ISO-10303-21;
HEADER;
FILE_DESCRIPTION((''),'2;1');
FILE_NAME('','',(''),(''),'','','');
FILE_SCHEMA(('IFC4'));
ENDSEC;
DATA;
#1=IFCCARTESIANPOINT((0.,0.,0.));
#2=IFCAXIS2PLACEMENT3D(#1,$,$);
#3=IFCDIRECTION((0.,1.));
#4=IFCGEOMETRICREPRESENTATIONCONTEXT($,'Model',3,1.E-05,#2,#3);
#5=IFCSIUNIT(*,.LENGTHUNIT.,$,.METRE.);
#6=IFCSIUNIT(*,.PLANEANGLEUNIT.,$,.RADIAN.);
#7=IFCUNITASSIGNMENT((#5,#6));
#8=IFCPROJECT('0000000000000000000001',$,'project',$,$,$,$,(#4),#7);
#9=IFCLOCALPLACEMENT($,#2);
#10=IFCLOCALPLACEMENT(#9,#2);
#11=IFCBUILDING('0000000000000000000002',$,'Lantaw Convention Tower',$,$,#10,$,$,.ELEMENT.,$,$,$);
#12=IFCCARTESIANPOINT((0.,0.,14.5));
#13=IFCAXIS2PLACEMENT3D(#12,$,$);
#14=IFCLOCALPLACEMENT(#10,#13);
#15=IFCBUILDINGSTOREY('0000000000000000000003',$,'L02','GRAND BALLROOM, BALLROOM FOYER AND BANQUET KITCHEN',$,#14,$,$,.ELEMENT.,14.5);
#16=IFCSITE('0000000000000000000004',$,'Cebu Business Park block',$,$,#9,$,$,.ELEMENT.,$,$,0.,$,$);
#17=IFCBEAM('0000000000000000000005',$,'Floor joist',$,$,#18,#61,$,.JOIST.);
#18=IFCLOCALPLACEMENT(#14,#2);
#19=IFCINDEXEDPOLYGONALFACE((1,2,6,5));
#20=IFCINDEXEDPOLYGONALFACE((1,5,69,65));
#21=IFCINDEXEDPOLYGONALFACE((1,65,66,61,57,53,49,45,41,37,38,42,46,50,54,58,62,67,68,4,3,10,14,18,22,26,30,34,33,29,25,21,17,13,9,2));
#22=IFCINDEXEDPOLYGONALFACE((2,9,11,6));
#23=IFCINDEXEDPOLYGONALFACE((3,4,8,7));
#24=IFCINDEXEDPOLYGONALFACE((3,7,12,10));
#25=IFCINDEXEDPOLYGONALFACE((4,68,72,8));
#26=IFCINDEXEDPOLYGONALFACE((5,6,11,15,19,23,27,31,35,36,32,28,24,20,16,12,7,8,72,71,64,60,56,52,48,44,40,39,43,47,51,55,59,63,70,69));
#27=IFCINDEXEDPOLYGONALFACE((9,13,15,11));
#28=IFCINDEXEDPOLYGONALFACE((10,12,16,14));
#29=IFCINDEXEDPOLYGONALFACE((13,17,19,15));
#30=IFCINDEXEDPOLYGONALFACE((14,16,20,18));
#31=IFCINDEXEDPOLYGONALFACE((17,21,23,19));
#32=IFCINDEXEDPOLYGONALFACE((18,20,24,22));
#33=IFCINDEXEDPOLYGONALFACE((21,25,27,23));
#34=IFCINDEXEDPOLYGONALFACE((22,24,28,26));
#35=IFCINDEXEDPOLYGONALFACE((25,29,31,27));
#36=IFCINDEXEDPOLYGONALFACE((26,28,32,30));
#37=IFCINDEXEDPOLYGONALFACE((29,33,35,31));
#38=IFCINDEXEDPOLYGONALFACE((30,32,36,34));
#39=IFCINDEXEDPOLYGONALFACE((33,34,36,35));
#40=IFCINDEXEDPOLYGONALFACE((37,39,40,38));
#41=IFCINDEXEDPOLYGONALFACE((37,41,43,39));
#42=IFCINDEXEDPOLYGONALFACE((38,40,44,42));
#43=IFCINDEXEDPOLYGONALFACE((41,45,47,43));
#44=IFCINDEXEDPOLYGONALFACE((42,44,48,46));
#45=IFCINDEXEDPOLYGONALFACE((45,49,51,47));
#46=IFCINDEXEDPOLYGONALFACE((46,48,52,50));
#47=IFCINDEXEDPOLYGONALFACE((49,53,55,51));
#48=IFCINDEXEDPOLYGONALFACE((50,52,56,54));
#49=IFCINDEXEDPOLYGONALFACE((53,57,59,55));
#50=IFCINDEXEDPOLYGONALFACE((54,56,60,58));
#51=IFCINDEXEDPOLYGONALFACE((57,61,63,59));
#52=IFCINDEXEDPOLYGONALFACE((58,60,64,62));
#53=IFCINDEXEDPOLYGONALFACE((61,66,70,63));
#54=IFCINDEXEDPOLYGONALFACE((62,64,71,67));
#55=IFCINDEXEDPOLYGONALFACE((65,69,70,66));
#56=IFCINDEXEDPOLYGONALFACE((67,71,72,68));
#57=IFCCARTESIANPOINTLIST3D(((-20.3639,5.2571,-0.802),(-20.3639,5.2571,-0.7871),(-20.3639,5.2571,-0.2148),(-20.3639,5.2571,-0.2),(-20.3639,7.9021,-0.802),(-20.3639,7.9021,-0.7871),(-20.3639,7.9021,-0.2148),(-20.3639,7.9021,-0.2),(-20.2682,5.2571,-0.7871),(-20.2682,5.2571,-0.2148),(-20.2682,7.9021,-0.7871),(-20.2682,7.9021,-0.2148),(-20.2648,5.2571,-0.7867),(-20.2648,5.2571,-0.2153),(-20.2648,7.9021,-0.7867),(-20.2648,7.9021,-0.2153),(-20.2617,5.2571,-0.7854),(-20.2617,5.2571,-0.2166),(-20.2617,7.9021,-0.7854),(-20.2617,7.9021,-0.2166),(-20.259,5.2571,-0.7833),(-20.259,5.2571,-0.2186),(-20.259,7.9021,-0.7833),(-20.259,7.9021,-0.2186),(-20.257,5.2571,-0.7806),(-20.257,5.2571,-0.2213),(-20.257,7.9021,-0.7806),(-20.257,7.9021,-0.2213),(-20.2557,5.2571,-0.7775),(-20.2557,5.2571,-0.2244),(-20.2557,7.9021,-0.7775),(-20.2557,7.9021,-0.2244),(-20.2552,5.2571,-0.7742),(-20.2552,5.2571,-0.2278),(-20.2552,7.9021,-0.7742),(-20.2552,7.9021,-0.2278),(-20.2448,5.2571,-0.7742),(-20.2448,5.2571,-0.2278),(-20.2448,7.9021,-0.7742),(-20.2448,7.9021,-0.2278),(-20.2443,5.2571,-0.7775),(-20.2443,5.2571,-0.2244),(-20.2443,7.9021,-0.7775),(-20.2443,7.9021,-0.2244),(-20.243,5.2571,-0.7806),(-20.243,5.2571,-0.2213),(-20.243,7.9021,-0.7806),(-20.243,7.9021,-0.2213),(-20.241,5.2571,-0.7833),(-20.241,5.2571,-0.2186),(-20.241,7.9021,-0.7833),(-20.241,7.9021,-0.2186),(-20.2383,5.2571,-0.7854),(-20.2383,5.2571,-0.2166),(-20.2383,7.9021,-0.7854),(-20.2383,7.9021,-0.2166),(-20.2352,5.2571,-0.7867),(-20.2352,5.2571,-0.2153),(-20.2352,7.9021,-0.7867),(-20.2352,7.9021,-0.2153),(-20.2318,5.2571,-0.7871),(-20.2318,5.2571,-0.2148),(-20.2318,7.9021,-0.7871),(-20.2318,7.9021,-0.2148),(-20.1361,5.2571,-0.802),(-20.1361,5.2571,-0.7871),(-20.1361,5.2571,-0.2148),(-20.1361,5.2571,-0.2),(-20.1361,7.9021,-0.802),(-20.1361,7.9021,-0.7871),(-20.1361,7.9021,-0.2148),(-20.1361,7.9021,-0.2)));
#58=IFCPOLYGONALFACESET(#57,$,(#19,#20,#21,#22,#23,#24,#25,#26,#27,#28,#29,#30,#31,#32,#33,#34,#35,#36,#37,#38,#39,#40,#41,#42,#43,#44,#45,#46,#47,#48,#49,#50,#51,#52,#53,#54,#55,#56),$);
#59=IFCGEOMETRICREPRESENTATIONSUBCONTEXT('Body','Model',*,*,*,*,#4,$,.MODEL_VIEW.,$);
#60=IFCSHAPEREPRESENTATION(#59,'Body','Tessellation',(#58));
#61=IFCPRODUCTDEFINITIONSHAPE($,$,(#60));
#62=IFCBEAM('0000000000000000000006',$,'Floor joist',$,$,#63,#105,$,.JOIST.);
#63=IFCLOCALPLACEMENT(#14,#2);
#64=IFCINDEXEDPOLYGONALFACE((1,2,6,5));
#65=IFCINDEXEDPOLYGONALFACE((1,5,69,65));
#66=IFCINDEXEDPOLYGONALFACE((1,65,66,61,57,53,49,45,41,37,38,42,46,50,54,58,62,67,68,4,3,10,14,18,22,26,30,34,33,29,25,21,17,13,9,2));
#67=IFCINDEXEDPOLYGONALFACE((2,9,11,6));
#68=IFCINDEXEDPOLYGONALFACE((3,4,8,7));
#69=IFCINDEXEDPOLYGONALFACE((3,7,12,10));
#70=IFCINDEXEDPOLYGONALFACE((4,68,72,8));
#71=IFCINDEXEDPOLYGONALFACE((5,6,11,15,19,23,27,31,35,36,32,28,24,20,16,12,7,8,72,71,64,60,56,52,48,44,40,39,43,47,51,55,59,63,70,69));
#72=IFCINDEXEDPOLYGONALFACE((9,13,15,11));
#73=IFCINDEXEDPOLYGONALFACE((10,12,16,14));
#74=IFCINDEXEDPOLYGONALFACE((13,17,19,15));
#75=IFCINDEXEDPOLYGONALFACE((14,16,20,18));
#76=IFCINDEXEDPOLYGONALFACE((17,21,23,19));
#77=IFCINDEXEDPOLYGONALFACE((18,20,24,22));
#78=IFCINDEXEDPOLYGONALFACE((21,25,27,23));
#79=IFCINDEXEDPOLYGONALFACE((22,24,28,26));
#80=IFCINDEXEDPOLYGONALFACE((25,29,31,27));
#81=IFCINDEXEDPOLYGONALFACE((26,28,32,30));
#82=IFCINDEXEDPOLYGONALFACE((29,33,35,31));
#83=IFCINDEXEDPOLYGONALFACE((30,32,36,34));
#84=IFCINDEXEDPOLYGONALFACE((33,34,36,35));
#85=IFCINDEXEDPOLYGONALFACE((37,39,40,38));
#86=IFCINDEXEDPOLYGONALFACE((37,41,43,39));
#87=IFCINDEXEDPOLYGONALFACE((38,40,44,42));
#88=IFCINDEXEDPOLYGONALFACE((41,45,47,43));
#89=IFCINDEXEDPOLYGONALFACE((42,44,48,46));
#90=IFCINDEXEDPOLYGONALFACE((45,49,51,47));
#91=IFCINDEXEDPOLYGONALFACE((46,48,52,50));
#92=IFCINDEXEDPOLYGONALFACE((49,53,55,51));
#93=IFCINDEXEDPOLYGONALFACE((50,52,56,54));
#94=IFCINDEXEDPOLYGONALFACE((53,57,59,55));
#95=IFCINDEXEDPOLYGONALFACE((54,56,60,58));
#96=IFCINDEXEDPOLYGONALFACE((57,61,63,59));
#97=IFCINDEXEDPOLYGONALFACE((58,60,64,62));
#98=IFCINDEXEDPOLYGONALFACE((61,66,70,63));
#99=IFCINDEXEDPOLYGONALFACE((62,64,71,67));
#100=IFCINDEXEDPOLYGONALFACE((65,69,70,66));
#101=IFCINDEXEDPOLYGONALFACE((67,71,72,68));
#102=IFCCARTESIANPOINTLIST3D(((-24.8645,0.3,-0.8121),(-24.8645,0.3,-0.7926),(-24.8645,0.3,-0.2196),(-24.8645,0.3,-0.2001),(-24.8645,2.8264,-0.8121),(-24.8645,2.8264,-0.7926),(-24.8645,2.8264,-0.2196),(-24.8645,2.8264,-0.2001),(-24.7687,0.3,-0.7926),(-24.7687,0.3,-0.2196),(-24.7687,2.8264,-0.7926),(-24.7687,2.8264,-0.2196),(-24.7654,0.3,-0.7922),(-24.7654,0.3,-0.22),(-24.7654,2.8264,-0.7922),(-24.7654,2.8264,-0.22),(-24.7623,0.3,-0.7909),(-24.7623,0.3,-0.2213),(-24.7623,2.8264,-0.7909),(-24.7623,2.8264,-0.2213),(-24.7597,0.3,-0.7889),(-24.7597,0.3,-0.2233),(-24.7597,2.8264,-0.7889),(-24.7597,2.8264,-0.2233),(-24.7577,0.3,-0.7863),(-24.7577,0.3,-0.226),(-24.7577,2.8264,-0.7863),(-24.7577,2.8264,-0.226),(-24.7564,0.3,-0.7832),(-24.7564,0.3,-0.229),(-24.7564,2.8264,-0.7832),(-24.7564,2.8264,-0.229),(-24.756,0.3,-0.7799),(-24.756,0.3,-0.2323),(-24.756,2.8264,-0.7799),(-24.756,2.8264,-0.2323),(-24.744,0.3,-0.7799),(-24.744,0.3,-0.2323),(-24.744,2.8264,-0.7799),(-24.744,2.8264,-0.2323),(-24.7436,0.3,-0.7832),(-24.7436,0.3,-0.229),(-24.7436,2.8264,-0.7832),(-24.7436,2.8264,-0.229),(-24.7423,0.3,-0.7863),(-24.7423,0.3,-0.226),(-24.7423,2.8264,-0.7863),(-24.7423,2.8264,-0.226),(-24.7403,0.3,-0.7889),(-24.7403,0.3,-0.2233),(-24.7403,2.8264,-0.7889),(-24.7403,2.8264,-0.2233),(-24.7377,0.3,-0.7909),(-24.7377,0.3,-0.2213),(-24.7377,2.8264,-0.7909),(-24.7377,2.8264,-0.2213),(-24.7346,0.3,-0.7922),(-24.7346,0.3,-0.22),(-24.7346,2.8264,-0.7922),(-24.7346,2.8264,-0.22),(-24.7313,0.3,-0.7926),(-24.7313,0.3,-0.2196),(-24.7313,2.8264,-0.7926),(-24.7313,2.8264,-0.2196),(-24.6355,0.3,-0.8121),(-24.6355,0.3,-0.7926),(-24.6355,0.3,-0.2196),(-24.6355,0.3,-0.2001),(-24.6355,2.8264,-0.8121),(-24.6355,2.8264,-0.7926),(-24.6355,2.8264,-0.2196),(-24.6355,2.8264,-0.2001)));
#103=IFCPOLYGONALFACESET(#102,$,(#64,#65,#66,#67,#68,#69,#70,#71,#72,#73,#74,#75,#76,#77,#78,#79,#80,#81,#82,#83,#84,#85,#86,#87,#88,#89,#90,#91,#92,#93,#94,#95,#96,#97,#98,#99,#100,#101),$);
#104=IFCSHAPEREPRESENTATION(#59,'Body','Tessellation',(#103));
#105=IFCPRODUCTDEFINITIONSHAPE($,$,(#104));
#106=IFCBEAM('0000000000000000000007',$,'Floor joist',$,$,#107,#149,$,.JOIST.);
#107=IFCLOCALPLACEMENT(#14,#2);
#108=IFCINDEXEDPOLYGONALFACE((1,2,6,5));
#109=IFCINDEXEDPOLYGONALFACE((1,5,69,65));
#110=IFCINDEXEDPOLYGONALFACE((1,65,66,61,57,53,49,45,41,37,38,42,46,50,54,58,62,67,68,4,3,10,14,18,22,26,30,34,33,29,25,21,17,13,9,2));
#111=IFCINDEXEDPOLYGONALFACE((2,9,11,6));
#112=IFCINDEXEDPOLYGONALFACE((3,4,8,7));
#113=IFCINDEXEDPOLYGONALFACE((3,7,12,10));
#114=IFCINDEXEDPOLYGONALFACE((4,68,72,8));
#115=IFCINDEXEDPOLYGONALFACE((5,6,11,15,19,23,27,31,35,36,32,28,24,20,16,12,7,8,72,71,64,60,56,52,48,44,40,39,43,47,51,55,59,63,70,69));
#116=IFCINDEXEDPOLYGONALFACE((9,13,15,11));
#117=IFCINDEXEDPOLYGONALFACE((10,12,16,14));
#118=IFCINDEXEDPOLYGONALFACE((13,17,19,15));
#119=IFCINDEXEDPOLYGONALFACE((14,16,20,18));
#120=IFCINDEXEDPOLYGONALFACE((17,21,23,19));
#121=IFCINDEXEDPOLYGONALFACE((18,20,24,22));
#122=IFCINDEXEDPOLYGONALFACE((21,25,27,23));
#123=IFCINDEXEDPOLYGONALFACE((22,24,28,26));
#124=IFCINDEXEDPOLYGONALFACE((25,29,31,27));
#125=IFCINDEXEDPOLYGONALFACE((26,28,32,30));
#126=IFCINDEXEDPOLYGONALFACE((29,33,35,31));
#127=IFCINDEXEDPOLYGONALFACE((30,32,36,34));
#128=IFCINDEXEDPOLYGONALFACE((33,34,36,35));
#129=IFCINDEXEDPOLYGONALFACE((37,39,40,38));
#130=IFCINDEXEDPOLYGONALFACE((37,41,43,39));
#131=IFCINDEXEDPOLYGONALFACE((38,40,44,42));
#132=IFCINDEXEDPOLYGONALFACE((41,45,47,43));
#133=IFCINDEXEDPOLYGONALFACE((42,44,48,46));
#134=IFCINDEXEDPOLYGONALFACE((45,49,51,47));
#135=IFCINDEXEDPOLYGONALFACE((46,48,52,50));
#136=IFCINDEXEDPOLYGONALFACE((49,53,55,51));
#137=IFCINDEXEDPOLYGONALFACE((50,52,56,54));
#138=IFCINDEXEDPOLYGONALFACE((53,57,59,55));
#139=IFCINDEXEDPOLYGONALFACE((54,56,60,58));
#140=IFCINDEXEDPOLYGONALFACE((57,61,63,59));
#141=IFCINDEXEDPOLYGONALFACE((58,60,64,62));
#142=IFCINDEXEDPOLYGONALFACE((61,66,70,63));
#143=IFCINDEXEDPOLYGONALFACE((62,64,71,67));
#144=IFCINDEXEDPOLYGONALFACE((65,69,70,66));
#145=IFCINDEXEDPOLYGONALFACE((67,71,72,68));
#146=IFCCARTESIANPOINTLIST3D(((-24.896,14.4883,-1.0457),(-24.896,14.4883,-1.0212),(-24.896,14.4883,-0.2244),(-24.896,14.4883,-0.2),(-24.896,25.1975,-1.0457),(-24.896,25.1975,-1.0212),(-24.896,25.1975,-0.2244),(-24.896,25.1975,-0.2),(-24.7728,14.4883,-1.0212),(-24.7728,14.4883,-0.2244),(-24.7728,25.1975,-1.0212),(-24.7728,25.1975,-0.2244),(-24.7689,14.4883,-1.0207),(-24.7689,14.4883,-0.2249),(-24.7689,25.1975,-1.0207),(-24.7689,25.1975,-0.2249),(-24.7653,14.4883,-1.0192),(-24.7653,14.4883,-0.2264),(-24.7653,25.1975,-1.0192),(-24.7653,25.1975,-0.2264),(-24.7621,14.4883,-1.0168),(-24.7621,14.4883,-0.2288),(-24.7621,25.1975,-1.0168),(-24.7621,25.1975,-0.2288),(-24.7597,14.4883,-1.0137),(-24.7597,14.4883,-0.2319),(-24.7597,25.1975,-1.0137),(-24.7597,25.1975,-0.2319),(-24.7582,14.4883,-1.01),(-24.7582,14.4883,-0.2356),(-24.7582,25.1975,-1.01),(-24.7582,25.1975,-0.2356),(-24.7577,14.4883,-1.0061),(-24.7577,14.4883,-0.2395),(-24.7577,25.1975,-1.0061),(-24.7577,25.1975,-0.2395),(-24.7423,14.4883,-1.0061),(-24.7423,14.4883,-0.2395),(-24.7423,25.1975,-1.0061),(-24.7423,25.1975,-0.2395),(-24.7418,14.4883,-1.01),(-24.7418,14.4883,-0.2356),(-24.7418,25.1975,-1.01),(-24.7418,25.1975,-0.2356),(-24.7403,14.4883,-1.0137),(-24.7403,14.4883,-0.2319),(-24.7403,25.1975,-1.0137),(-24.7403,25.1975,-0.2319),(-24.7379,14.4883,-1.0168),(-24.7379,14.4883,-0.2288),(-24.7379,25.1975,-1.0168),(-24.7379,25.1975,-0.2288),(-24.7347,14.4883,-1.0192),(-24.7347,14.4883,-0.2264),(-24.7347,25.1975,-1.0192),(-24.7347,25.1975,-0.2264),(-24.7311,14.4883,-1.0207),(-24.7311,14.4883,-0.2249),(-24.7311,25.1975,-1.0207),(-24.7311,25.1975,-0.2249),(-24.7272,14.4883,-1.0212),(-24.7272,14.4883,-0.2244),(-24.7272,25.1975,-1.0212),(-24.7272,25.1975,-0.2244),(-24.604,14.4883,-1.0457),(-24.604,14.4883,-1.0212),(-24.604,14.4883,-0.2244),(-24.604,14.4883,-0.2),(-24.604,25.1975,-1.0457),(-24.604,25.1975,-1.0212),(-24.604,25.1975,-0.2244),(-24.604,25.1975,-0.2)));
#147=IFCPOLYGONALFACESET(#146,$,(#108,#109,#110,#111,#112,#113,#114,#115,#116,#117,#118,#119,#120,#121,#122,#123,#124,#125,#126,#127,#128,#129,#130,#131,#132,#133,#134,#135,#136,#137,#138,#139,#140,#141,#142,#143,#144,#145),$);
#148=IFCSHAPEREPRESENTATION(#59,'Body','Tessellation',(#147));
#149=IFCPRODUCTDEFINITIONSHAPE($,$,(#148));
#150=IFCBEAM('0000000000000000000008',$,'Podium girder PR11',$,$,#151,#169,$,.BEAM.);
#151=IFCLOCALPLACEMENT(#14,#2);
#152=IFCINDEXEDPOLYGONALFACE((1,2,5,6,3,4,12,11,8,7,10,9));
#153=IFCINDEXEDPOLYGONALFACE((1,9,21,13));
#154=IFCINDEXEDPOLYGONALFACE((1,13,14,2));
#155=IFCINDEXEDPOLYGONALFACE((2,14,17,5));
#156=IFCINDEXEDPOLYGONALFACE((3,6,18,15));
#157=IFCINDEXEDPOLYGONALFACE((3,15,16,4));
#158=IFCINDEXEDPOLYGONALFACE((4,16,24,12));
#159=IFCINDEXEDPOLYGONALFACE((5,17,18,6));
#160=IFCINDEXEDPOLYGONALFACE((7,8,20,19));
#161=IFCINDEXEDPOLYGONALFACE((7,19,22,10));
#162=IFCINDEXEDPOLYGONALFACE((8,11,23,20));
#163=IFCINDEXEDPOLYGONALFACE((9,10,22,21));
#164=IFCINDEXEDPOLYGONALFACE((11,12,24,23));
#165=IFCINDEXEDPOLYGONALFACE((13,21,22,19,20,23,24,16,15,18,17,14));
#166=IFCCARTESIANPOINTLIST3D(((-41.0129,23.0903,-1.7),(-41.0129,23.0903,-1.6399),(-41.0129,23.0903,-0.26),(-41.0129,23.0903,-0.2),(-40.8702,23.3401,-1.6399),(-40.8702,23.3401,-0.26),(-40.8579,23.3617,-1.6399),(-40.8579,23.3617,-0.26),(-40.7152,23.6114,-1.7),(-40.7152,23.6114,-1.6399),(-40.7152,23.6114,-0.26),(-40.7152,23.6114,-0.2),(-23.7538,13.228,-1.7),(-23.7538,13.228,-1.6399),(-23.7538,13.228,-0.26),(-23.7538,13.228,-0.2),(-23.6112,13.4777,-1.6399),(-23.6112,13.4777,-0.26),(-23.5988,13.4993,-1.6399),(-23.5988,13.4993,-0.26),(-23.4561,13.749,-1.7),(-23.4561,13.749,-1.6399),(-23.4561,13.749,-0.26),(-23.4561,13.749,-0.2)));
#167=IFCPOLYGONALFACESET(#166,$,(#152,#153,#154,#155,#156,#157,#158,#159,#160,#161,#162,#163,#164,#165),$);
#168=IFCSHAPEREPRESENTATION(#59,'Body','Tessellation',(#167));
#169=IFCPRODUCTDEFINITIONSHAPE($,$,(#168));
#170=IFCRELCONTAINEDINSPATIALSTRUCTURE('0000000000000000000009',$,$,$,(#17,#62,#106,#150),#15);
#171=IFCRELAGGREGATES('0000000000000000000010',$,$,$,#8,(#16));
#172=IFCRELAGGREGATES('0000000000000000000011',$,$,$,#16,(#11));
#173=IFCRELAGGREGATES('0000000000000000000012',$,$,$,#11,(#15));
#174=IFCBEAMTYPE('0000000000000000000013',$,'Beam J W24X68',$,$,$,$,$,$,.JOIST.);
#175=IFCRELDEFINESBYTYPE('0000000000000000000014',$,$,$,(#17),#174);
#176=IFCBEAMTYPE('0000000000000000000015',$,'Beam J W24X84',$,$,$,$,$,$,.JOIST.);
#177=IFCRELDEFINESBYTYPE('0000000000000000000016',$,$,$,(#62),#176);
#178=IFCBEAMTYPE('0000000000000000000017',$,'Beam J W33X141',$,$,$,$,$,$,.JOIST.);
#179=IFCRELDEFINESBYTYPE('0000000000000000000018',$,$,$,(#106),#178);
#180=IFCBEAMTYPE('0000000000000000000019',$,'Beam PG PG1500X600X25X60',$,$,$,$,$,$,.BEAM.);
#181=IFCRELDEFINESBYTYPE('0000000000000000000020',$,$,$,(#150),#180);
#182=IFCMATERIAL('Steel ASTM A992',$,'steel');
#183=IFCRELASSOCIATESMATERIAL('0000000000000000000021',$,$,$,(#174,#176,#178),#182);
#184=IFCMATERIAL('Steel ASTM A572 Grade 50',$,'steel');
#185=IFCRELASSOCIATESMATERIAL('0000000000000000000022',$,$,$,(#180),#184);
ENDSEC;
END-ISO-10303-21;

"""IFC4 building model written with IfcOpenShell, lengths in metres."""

from ifc_helpers import new_model, si_unit, direction, frame, origin, origin_2d, place, context, subcontext, project, spatial, i_section, extrude, material, material_profile, profile_set, type_object, element, save


model = new_model("IFC4")

# Units and contexts
model_context = context("Model", 3, precision=1e-05, world=origin(), true_north=direction((0.0, 1.0)))
body_context = subcontext(model_context, "Body", "Model", "MODEL_VIEW")
ifc_project = project(units=[si_unit("LENGTHUNIT", "METRE"), si_unit("PLANEANGLEUNIT", "RADIAN")], contexts=[model_context])

# Site, building, storey
site_placement = place(None, origin())
site = spatial("IfcSite", under=ifc_project, at=site_placement, Name="Cebu Business Park block", CompositionType="ELEMENT", RefElevation=0.0)
building_placement = place(site_placement, origin())
building = spatial("IfcBuilding", under=site, at=building_placement, Name="Lantaw Convention Tower", CompositionType="ELEMENT")
storey_placement = place(building_placement, frame((0.0, 0.0, 14.5)))
storey = spatial("IfcBuildingStorey", under=building, at=storey_placement, Name="L02", Description="GRAND BALLROOM, BALLROOM FOYER AND BANQUET KITCHEN", CompositionType="ELEMENT", Elevation=14.5)

# Shared definitions
ifc_material_1 = material(Name="Steel ASTM A572 Grade 50", Category="steel")

# Beams
ifc_material_2 = material(Name="Steel ASTM A992", Category="steel")
ifc_material_profile_1 = material_profile(ifc_material_2, i_section(OverallWidth=0.2278, OverallDepth=0.6021, WebThickness=0.0105, FlangeThickness=0.0149, FilletRadius=0.0129, at=origin_2d()), Name="W24X68")
ifc_profile_set_1 = profile_set([ifc_material_profile_1], Name="Steel ASTM A992")
beam_type_1 = type_object("IfcBeamType", Name="Beam J W24X68", PredefinedType="JOIST", material=ifc_profile_set_1)
beam_1_placement = place(storey_placement, frame((-20.25, 5.2571, -0.501), z_axis=(0.0, 1.0, 0.0), x_axis=(-1.0, 0.0, 0.0)))
element("IfcBeam", 1, at=beam_1_placement, inside=storey, type_object=beam_type_1, Name="Floor joist", PredefinedType="JOIST", context=body_context, shape_type="SweptSolid", body=[
    extrude(i_section(OverallWidth=0.2278, OverallDepth=0.6021, WebThickness=0.0105, FlangeThickness=0.0149, FilletRadius=0.0129, at=origin_2d()), origin(), (0.0, 0.0, 1.0), 2.645),
])
ifc_material_profile_2 = material_profile(ifc_material_2, i_section(OverallWidth=0.229, OverallDepth=0.6121, WebThickness=0.012, FlangeThickness=0.0195, FilletRadius=0.0127, at=origin_2d()), Name="W24X84")
ifc_profile_set_2 = profile_set([ifc_material_profile_2], Name="Steel ASTM A992")
beam_type_2 = type_object("IfcBeamType", Name="Beam J W24X84", PredefinedType="JOIST", material=ifc_profile_set_2)
beam_2_placement = place(storey_placement, frame((-24.75, 0.3, -0.5061), z_axis=(0.0, 1.0, 0.0), x_axis=(-1.0, 0.0, 0.0)))
element("IfcBeam", 2, at=beam_2_placement, inside=storey, type_object=beam_type_2, Name="Floor joist", PredefinedType="JOIST", context=body_context, shape_type="SweptSolid", body=[
    extrude(i_section(OverallWidth=0.229, OverallDepth=0.6121, WebThickness=0.012, FlangeThickness=0.0195, FilletRadius=0.0127, at=origin_2d()), origin(), (0.0, 0.0, 1.0), 2.5264),
])
ifc_material_profile_3 = material_profile(ifc_material_2, i_section(OverallWidth=0.292, OverallDepth=0.8457, WebThickness=0.0154, FlangeThickness=0.0244, FilletRadius=0.0151, at=origin_2d()), Name="W33X141")
ifc_profile_set_3 = profile_set([ifc_material_profile_3], Name="Steel ASTM A992")
beam_type_3 = type_object("IfcBeamType", Name="Beam J W33X141", PredefinedType="JOIST", material=ifc_profile_set_3)
beam_3_placement = place(storey_placement, frame((-24.75, 14.4883, -0.6228), z_axis=(0.0, 1.0, 0.0), x_axis=(-1.0, 0.0, 0.0)))
element("IfcBeam", 3, at=beam_3_placement, inside=storey, type_object=beam_type_3, Name="Floor joist", PredefinedType="JOIST", context=body_context, shape_type="SweptSolid", body=[
    extrude(i_section(OverallWidth=0.292, OverallDepth=0.8457, WebThickness=0.0154, FlangeThickness=0.0244, FilletRadius=0.0151, at=origin_2d()), origin(), (0.0, 0.0, 1.0), 10.7092),
])
ifc_material_profile_4 = material_profile(ifc_material_1, i_section(OverallWidth=0.6001, OverallDepth=1.5, WebThickness=0.0249, FlangeThickness=0.0601, at=origin_2d()), Name="PG1500X600X25X60")
ifc_profile_set_4 = profile_set([ifc_material_profile_4], Name="Steel ASTM A572 Grade 50")
beam_type_4 = type_object("IfcBeamType", Name="Beam PG PG1500X600X25X60", PredefinedType="BEAM", material=ifc_profile_set_4)
beam_4_placement = place(storey_placement, frame((-23.605, 13.4885, -0.95), z_axis=(-0.868243, 0.496139, 0.0), x_axis=(-0.496139, -0.868243, 0.0)))
element("IfcBeam", 4, at=beam_4_placement, inside=storey, type_object=beam_type_4, Name="Podium girder PR11", PredefinedType="BEAM", context=body_context, shape_type="SweptSolid", body=[
    extrude(i_section(OverallWidth=0.6001, OverallDepth=1.5, WebThickness=0.0249, FlangeThickness=0.0601, at=origin_2d()), origin(), (0.0, 0.0, 1.0), 19.8782),
])

save(model, "model.ifc")
